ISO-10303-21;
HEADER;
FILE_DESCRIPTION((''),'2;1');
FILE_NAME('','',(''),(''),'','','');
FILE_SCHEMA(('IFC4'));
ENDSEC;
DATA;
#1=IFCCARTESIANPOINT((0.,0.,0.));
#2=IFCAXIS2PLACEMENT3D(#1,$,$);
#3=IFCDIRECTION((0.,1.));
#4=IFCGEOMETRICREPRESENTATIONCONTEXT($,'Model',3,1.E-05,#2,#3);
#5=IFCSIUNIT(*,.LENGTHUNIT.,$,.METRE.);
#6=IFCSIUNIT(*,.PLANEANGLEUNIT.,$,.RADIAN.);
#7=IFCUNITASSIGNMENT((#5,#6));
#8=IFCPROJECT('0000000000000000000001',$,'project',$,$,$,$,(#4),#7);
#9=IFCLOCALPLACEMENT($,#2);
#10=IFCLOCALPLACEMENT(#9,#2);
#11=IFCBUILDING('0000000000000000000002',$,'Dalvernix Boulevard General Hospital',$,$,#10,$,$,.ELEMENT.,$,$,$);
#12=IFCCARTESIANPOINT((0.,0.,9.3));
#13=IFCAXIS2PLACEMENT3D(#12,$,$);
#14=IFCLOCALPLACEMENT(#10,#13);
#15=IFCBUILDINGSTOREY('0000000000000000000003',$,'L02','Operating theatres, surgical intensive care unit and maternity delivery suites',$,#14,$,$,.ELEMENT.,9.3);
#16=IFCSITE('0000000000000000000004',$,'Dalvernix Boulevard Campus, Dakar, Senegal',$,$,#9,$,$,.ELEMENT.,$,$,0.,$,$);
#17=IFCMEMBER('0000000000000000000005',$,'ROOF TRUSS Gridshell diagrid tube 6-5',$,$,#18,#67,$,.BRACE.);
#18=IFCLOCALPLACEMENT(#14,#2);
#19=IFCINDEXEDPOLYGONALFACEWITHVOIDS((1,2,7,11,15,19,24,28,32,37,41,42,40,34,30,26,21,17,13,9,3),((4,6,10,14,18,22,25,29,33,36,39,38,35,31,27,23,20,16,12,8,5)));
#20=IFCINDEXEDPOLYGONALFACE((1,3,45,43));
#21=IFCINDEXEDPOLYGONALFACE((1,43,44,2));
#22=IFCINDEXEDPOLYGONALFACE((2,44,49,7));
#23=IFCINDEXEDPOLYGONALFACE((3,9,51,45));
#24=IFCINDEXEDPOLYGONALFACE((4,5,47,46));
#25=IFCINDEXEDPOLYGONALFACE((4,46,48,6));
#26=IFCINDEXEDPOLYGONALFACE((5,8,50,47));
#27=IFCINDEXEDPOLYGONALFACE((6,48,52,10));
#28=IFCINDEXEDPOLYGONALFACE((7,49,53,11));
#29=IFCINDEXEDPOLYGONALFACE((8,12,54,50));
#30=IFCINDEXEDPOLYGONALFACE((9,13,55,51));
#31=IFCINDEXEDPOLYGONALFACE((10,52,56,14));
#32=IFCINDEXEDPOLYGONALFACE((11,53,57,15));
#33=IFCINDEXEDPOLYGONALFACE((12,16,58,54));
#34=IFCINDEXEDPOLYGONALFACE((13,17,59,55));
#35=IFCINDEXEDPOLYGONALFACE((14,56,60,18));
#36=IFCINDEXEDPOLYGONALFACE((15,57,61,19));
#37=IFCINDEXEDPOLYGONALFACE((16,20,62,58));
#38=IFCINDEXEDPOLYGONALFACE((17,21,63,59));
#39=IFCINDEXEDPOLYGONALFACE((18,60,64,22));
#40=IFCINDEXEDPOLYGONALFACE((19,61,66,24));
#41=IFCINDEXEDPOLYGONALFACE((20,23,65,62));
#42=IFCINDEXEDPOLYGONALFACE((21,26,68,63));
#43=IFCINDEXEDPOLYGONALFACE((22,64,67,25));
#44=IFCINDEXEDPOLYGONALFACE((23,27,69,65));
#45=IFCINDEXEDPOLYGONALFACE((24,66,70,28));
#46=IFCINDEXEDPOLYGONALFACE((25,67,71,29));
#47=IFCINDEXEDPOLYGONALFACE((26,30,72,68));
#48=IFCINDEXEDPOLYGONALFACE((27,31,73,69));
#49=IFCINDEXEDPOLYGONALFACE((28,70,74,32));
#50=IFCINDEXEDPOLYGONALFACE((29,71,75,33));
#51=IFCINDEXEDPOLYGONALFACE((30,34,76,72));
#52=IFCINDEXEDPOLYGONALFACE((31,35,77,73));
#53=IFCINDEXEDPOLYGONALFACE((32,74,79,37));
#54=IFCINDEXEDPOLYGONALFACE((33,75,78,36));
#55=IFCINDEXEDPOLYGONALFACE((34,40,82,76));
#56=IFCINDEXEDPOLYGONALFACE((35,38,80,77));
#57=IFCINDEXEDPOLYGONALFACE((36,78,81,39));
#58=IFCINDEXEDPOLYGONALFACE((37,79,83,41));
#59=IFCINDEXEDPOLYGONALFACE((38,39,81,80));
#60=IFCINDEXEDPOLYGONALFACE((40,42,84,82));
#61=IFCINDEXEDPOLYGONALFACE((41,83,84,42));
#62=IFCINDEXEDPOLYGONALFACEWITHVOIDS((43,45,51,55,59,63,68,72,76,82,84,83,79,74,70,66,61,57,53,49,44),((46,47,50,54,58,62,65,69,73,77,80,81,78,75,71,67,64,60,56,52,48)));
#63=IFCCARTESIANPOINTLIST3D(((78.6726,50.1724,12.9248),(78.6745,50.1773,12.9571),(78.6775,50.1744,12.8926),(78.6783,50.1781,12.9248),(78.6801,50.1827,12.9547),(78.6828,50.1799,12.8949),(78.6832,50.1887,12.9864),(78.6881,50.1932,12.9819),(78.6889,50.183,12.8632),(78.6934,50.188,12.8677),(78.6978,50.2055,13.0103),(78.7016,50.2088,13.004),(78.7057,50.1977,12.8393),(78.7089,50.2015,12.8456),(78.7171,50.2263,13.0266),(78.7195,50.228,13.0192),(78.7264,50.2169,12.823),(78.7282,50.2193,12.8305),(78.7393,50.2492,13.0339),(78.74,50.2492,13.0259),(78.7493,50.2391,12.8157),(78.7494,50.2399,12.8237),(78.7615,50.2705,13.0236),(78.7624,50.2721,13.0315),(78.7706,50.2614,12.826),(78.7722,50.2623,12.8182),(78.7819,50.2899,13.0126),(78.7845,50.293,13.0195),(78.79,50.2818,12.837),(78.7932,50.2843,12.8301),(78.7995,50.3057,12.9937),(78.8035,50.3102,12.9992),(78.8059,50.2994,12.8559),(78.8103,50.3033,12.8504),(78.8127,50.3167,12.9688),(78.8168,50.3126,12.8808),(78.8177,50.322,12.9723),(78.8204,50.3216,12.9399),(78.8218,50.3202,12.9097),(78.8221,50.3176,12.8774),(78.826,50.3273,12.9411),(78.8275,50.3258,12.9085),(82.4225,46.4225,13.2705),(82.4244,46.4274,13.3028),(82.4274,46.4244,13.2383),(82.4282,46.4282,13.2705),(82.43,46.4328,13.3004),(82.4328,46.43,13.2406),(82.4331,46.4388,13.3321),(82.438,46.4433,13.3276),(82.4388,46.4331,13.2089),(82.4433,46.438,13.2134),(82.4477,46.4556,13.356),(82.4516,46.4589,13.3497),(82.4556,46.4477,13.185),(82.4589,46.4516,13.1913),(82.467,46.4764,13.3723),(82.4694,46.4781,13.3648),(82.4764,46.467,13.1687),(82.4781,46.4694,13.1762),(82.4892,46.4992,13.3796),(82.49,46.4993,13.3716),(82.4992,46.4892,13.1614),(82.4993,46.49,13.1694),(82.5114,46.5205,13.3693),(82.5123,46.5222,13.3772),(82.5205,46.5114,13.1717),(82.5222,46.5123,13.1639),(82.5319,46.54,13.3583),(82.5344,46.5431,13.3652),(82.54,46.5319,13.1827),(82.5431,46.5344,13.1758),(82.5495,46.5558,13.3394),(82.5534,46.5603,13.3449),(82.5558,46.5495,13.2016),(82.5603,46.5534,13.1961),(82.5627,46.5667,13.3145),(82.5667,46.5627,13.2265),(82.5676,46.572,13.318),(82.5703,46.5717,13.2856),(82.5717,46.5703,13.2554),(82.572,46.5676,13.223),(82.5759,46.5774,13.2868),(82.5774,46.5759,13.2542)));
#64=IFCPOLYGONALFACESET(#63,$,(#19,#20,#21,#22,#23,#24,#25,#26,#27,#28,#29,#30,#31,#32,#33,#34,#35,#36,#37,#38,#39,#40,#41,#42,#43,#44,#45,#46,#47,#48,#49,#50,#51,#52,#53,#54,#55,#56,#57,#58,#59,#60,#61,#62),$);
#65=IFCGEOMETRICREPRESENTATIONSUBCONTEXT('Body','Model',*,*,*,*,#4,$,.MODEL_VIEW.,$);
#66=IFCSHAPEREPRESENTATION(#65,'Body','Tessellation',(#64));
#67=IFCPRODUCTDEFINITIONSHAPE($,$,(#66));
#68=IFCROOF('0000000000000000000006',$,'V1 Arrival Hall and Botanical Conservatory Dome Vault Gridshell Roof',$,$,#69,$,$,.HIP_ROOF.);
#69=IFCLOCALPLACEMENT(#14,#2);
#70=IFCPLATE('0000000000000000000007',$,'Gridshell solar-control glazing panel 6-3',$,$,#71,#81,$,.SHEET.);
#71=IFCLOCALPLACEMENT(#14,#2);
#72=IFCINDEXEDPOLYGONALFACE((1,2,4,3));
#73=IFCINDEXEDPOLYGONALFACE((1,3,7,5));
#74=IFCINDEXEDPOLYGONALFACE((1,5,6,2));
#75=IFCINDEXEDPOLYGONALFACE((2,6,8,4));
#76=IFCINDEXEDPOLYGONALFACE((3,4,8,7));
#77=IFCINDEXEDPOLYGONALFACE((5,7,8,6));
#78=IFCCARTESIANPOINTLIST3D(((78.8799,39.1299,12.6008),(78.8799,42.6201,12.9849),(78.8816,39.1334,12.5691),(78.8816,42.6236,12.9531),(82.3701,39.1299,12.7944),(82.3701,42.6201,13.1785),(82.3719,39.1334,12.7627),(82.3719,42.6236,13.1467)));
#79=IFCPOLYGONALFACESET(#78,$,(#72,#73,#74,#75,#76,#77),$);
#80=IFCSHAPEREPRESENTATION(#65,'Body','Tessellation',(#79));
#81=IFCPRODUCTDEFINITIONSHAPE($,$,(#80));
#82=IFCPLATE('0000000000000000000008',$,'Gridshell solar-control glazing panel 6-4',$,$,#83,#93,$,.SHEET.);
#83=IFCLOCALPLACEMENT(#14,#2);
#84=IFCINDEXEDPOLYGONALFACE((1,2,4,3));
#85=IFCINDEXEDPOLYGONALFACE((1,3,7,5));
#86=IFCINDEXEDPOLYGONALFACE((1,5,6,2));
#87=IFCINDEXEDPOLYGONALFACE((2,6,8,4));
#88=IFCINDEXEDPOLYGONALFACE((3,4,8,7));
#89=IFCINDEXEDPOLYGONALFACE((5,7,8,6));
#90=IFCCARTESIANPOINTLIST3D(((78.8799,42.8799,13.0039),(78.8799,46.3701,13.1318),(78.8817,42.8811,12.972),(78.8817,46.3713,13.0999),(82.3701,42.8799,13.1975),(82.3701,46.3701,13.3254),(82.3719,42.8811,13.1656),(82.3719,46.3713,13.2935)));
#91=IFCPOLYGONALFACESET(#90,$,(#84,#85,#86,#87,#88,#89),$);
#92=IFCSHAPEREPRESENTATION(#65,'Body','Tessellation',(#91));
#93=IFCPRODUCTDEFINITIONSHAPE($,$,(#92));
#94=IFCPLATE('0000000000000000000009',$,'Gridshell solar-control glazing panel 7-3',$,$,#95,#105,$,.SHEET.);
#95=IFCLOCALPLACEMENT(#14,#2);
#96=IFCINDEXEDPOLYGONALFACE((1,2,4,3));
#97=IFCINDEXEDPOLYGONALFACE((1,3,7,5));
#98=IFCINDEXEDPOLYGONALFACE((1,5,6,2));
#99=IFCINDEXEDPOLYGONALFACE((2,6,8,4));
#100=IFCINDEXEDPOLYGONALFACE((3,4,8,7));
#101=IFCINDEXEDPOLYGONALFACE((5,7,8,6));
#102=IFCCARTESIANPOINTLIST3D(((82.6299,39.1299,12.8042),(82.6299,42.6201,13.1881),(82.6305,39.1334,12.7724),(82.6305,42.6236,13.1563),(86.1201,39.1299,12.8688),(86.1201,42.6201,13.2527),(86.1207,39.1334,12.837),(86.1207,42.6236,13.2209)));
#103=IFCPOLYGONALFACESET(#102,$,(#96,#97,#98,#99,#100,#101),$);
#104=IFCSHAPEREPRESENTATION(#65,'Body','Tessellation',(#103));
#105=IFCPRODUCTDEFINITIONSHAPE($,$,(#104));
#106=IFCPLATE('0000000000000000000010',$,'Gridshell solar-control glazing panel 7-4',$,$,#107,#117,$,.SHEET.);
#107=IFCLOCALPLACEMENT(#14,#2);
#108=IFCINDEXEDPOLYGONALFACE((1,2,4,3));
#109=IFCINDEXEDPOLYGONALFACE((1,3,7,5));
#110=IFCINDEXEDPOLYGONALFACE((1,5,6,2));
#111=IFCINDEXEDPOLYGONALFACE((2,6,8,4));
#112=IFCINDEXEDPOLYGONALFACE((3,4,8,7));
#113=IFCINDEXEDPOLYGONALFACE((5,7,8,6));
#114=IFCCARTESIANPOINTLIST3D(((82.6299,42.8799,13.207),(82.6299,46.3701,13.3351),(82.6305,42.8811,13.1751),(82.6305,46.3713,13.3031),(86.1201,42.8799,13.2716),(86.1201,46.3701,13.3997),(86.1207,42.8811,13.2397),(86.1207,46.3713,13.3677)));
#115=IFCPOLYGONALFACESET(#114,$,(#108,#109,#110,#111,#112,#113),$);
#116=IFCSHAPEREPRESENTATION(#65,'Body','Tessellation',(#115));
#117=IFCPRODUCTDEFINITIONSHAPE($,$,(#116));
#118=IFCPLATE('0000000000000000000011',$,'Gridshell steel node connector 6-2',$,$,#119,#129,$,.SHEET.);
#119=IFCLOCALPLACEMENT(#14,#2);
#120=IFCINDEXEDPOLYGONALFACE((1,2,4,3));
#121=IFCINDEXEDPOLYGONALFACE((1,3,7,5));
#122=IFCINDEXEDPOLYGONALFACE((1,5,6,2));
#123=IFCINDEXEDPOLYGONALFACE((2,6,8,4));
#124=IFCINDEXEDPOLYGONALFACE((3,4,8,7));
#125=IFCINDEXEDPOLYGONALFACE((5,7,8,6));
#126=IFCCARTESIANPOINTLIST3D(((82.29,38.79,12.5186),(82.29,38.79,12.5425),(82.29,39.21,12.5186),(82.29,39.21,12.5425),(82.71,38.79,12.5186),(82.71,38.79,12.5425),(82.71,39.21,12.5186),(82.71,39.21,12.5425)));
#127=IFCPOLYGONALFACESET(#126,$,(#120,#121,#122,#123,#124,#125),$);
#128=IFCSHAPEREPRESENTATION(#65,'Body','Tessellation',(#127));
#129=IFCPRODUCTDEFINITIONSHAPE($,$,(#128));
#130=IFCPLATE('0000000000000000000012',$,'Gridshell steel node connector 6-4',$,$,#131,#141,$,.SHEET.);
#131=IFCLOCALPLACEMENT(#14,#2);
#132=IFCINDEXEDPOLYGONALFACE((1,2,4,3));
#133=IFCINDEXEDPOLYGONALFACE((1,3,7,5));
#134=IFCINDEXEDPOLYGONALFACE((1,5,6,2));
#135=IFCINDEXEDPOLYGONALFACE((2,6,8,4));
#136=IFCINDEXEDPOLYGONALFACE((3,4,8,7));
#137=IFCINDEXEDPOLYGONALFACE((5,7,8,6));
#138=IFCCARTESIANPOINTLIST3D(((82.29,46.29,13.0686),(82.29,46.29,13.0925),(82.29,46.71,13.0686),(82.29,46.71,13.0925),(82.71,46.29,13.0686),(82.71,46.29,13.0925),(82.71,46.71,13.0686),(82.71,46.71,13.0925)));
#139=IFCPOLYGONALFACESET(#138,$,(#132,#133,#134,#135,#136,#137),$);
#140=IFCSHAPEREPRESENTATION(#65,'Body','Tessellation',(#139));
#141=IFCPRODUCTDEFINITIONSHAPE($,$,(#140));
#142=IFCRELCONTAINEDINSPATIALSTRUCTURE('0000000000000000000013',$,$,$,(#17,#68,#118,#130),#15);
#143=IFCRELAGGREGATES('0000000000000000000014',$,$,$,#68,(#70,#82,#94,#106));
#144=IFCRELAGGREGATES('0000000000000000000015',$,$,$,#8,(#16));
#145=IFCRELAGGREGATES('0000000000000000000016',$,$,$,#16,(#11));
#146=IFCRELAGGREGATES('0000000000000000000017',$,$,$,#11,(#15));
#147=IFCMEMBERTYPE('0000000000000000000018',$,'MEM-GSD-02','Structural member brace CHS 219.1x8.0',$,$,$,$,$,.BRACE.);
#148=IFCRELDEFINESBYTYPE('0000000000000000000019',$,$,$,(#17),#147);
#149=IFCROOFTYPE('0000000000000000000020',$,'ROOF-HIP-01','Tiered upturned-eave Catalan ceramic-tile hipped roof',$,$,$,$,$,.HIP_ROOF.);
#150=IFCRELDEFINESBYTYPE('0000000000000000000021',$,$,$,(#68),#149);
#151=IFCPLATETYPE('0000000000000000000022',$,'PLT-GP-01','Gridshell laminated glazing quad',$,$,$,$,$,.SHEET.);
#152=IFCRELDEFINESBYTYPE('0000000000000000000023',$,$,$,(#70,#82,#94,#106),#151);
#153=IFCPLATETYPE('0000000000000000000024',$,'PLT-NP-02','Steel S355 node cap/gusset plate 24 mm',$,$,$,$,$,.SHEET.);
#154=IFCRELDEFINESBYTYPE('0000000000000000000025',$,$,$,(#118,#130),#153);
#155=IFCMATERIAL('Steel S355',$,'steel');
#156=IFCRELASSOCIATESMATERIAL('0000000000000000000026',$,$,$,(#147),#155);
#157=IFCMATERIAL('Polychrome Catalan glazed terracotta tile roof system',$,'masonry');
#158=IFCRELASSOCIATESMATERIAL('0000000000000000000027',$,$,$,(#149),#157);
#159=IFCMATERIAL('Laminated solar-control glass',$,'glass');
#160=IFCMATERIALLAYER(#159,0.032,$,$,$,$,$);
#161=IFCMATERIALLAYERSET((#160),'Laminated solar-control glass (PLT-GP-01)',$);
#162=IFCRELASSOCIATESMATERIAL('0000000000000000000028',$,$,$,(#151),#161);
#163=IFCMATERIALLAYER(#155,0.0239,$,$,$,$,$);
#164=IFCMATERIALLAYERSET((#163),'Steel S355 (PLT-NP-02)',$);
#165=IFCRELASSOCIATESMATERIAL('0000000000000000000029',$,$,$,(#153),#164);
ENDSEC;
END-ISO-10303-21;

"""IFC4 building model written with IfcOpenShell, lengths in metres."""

from ifc_helpers import new_model, si_unit, direction, frame, origin, origin_2d, place, context, subcontext, project, spatial, polyline, rectangle, hollow_circle, outline, extrude, material, layer, layer_set, material_profile, profile_set, type_object, element, aggregate, save


model = new_model("IFC4")

# Units and contexts
model_context = context("Model", 3, precision=1e-05, world=origin(), true_north=direction((0.0, 1.0)))
body_context = subcontext(model_context, "Body", "Model", "MODEL_VIEW")
ifc_project = project(units=[si_unit("LENGTHUNIT", "METRE"), si_unit("PLANEANGLEUNIT", "RADIAN")], contexts=[model_context])

# Site, building, storey
site_placement = place(None, origin())
site = spatial("IfcSite", under=ifc_project, at=site_placement, Name="Dalvernix Boulevard Campus, Dakar, Senegal", CompositionType="ELEMENT", RefElevation=0.0)
building_placement = place(site_placement, origin())
building = spatial("IfcBuilding", under=site, at=building_placement, Name="Dalvernix Boulevard General Hospital", CompositionType="ELEMENT")
storey_placement = place(building_placement, frame((0.0, 0.0, 9.3)))
storey = spatial("IfcBuildingStorey", under=building, at=storey_placement, Name="L02", Description="Operating theatres, surgical intensive care unit and maternity delivery suites", CompositionType="ELEMENT", Elevation=9.3)

# Shared definitions
ifc_material_1 = material(Name="Steel S355", Category="steel")

# Member
ifc_material_profile_1 = material_profile(ifc_material_1, hollow_circle(Radius=0.1096, WallThickness=0.0081, at=origin_2d()), Name="CHS 219.1x8.0")
ifc_profile_set_1 = profile_set([ifc_material_profile_1], Name="Steel S355")
member_type_1 = type_object("IfcMemberType", Name="MEM-GSD-02", Description="Structural member brace CHS 219.1x8.0", PredefinedType="BRACE", material=ifc_profile_set_1)
member_1_placement = place(storey_placement, frame((82.5, 46.5, 13.2705), z_axis=(-0.705609, 0.705609, -0.065048), x_axis=(-0.707107, -0.707107, 0.0)))
element("IfcMember", 1, at=member_1_placement, inside=storey, type_object=member_type_1, Name="ROOF TRUSS Gridshell diagrid tube 6-5", PredefinedType="BRACE", context=body_context, shape_type="SweptSolid", body=[
    extrude(hollow_circle(Radius=0.1096, WallThickness=0.0081, at=origin_2d()), origin(), (0.0, 0.0, 1.0), 5.3145),
])

# Roof, plates
ifc_material_2 = material(Name="Polychrome Catalan glazed terracotta tile roof system", Category="masonry")
roof_type = type_object("IfcRoofType", Name="ROOF-HIP-01", Description="Tiered upturned-eave Catalan ceramic-tile hipped roof", PredefinedType="HIP_ROOF", material=ifc_material_2)
roof_placement = place(storey_placement, origin())
roof = element("IfcRoof", 2, at=roof_placement, inside=storey, type_object=roof_type, Name="V1 Arrival Hall and Botanical Conservatory Dome Vault Gridshell Roof", PredefinedType="HIP_ROOF")
ifc_material_3 = material(Name="Laminated solar-control glass", Category="glass")
ifc_layer_1 = layer(ifc_material_3, 0.032)
ifc_layer_set_1 = layer_set([ifc_layer_1], Name="Laminated solar-control glass (PLT-GP-01)")
plate_type_1 = type_object("IfcPlateType", Name="PLT-GP-01", Description="Gridshell laminated glazing quad", PredefinedType="SHEET", material=ifc_layer_set_1)
plate_1_placement = place(storey_placement, frame((78.8799, 39.1299, 12.6008), z_axis=(-0.055054, -0.109205, 0.992494), x_axis=(0.998465, 0.0, 0.055385)))
plate_1 = element("IfcPlate", 3, at=plate_1_placement, type_object=plate_type_1, Name="Gridshell solar-control glazing panel 6-3", PredefinedType="SHEET", context=body_context, shape_type="SweptSolid", body=[
    extrude(outline(polyline([(0.0, 0.0), (3.4956, 0.0), (3.5169, 3.5112), (0.0213, 3.5112), (0.0, 0.0)])), origin(), (0.0, 0.0, -1.0), 0.032),
])
plate_2_placement = place(storey_placement, frame((78.8799, 42.8799, 13.0039), z_axis=(-0.055348, -0.036573, 0.997797), x_axis=(0.998465, 0.0, 0.055385)))
plate_2 = element("IfcPlate", 4, at=plate_2_placement, type_object=plate_type_1, Name="Gridshell solar-control glazing panel 6-4", PredefinedType="SHEET", context=body_context, shape_type="SweptSolid", body=[
    extrude(outline(polyline([(0.0, 0.0), (3.4956, 0.0), (3.5027, 3.4926), (0.0071, 3.4926), (0.0, 0.0)])), origin(), (0.0, 0.0, -1.0), 0.032),
])
plate_3_placement = place(storey_placement, frame((82.6299, 39.1299, 12.8042), z_axis=(-0.018388, -0.109318, 0.993837), x_axis=(0.999829, -0.000004, 0.018498)))
plate_3 = element("IfcPlate", 5, at=plate_3_placement, type_object=plate_type_1, Name="Gridshell solar-control glazing panel 7-3", PredefinedType="SHEET", context=body_context, shape_type="SweptSolid", body=[
    extrude(outline(polyline([(0.0, 0.0), (3.4908, 0.0), (3.4979, 3.5113), (0.0071, 3.5113), (0.0, 0.0)])), origin(), (0.0, 0.0, -1.0), 0.032),
])
plate_4_placement = place(storey_placement, frame((82.6299, 42.8799, 13.207), z_axis=(-0.018486, -0.036658, 0.999157), x_axis=(0.999829, 0.000001, 0.018499)))
plate_4 = element("IfcPlate", 6, at=plate_4_placement, type_object=plate_type_1, Name="Gridshell solar-control glazing panel 7-4", PredefinedType="SHEET", context=body_context, shape_type="SweptSolid", body=[
    extrude(outline(polyline([(0.0, 0.0), (3.4908, 0.0), (3.4932, 3.4926), (0.0024, 3.4926), (0.0, 0.0)])), origin(), (0.0, 0.0, -1.0), 0.032),
])
aggregate(roof, [plate_1, plate_2, plate_3, plate_4])

# Plates
ifc_layer_2 = layer(ifc_material_1, 0.0239)
ifc_layer_set_2 = layer_set([ifc_layer_2], Name="Steel S355 (PLT-NP-02)")
plate_type_2 = type_object("IfcPlateType", Name="PLT-NP-02", Description="Steel S355 node cap/gusset plate 24 mm", PredefinedType="SHEET", material=ifc_layer_set_2)
for number, where, z_axis, x_axis, name in (
    (7, (82.5, 39.0, 12.5186), (0.0, 0.0, 1.0), (1.0, 0.0, 0.0), "Gridshell steel node connector 6-2"),
    (8, (82.5, 46.5, 13.0686), (0.0, 0.0, 1.0), (1.0, 0.0, 0.0), "Gridshell steel node connector 6-4"),
):
    element("IfcPlate", number, at=place(storey_placement, frame(where, z_axis=z_axis, x_axis=x_axis)), inside=storey, type_object=plate_type_2, Name=name, PredefinedType="SHEET", context=body_context, shape_type="SweptSolid", body=[
        extrude(rectangle(XDim=0.4199, YDim=0.4199, at=origin_2d()), origin(), (0.0, 0.0, 1.0), 0.0239),
    ])

save(model, "model.ifc")
